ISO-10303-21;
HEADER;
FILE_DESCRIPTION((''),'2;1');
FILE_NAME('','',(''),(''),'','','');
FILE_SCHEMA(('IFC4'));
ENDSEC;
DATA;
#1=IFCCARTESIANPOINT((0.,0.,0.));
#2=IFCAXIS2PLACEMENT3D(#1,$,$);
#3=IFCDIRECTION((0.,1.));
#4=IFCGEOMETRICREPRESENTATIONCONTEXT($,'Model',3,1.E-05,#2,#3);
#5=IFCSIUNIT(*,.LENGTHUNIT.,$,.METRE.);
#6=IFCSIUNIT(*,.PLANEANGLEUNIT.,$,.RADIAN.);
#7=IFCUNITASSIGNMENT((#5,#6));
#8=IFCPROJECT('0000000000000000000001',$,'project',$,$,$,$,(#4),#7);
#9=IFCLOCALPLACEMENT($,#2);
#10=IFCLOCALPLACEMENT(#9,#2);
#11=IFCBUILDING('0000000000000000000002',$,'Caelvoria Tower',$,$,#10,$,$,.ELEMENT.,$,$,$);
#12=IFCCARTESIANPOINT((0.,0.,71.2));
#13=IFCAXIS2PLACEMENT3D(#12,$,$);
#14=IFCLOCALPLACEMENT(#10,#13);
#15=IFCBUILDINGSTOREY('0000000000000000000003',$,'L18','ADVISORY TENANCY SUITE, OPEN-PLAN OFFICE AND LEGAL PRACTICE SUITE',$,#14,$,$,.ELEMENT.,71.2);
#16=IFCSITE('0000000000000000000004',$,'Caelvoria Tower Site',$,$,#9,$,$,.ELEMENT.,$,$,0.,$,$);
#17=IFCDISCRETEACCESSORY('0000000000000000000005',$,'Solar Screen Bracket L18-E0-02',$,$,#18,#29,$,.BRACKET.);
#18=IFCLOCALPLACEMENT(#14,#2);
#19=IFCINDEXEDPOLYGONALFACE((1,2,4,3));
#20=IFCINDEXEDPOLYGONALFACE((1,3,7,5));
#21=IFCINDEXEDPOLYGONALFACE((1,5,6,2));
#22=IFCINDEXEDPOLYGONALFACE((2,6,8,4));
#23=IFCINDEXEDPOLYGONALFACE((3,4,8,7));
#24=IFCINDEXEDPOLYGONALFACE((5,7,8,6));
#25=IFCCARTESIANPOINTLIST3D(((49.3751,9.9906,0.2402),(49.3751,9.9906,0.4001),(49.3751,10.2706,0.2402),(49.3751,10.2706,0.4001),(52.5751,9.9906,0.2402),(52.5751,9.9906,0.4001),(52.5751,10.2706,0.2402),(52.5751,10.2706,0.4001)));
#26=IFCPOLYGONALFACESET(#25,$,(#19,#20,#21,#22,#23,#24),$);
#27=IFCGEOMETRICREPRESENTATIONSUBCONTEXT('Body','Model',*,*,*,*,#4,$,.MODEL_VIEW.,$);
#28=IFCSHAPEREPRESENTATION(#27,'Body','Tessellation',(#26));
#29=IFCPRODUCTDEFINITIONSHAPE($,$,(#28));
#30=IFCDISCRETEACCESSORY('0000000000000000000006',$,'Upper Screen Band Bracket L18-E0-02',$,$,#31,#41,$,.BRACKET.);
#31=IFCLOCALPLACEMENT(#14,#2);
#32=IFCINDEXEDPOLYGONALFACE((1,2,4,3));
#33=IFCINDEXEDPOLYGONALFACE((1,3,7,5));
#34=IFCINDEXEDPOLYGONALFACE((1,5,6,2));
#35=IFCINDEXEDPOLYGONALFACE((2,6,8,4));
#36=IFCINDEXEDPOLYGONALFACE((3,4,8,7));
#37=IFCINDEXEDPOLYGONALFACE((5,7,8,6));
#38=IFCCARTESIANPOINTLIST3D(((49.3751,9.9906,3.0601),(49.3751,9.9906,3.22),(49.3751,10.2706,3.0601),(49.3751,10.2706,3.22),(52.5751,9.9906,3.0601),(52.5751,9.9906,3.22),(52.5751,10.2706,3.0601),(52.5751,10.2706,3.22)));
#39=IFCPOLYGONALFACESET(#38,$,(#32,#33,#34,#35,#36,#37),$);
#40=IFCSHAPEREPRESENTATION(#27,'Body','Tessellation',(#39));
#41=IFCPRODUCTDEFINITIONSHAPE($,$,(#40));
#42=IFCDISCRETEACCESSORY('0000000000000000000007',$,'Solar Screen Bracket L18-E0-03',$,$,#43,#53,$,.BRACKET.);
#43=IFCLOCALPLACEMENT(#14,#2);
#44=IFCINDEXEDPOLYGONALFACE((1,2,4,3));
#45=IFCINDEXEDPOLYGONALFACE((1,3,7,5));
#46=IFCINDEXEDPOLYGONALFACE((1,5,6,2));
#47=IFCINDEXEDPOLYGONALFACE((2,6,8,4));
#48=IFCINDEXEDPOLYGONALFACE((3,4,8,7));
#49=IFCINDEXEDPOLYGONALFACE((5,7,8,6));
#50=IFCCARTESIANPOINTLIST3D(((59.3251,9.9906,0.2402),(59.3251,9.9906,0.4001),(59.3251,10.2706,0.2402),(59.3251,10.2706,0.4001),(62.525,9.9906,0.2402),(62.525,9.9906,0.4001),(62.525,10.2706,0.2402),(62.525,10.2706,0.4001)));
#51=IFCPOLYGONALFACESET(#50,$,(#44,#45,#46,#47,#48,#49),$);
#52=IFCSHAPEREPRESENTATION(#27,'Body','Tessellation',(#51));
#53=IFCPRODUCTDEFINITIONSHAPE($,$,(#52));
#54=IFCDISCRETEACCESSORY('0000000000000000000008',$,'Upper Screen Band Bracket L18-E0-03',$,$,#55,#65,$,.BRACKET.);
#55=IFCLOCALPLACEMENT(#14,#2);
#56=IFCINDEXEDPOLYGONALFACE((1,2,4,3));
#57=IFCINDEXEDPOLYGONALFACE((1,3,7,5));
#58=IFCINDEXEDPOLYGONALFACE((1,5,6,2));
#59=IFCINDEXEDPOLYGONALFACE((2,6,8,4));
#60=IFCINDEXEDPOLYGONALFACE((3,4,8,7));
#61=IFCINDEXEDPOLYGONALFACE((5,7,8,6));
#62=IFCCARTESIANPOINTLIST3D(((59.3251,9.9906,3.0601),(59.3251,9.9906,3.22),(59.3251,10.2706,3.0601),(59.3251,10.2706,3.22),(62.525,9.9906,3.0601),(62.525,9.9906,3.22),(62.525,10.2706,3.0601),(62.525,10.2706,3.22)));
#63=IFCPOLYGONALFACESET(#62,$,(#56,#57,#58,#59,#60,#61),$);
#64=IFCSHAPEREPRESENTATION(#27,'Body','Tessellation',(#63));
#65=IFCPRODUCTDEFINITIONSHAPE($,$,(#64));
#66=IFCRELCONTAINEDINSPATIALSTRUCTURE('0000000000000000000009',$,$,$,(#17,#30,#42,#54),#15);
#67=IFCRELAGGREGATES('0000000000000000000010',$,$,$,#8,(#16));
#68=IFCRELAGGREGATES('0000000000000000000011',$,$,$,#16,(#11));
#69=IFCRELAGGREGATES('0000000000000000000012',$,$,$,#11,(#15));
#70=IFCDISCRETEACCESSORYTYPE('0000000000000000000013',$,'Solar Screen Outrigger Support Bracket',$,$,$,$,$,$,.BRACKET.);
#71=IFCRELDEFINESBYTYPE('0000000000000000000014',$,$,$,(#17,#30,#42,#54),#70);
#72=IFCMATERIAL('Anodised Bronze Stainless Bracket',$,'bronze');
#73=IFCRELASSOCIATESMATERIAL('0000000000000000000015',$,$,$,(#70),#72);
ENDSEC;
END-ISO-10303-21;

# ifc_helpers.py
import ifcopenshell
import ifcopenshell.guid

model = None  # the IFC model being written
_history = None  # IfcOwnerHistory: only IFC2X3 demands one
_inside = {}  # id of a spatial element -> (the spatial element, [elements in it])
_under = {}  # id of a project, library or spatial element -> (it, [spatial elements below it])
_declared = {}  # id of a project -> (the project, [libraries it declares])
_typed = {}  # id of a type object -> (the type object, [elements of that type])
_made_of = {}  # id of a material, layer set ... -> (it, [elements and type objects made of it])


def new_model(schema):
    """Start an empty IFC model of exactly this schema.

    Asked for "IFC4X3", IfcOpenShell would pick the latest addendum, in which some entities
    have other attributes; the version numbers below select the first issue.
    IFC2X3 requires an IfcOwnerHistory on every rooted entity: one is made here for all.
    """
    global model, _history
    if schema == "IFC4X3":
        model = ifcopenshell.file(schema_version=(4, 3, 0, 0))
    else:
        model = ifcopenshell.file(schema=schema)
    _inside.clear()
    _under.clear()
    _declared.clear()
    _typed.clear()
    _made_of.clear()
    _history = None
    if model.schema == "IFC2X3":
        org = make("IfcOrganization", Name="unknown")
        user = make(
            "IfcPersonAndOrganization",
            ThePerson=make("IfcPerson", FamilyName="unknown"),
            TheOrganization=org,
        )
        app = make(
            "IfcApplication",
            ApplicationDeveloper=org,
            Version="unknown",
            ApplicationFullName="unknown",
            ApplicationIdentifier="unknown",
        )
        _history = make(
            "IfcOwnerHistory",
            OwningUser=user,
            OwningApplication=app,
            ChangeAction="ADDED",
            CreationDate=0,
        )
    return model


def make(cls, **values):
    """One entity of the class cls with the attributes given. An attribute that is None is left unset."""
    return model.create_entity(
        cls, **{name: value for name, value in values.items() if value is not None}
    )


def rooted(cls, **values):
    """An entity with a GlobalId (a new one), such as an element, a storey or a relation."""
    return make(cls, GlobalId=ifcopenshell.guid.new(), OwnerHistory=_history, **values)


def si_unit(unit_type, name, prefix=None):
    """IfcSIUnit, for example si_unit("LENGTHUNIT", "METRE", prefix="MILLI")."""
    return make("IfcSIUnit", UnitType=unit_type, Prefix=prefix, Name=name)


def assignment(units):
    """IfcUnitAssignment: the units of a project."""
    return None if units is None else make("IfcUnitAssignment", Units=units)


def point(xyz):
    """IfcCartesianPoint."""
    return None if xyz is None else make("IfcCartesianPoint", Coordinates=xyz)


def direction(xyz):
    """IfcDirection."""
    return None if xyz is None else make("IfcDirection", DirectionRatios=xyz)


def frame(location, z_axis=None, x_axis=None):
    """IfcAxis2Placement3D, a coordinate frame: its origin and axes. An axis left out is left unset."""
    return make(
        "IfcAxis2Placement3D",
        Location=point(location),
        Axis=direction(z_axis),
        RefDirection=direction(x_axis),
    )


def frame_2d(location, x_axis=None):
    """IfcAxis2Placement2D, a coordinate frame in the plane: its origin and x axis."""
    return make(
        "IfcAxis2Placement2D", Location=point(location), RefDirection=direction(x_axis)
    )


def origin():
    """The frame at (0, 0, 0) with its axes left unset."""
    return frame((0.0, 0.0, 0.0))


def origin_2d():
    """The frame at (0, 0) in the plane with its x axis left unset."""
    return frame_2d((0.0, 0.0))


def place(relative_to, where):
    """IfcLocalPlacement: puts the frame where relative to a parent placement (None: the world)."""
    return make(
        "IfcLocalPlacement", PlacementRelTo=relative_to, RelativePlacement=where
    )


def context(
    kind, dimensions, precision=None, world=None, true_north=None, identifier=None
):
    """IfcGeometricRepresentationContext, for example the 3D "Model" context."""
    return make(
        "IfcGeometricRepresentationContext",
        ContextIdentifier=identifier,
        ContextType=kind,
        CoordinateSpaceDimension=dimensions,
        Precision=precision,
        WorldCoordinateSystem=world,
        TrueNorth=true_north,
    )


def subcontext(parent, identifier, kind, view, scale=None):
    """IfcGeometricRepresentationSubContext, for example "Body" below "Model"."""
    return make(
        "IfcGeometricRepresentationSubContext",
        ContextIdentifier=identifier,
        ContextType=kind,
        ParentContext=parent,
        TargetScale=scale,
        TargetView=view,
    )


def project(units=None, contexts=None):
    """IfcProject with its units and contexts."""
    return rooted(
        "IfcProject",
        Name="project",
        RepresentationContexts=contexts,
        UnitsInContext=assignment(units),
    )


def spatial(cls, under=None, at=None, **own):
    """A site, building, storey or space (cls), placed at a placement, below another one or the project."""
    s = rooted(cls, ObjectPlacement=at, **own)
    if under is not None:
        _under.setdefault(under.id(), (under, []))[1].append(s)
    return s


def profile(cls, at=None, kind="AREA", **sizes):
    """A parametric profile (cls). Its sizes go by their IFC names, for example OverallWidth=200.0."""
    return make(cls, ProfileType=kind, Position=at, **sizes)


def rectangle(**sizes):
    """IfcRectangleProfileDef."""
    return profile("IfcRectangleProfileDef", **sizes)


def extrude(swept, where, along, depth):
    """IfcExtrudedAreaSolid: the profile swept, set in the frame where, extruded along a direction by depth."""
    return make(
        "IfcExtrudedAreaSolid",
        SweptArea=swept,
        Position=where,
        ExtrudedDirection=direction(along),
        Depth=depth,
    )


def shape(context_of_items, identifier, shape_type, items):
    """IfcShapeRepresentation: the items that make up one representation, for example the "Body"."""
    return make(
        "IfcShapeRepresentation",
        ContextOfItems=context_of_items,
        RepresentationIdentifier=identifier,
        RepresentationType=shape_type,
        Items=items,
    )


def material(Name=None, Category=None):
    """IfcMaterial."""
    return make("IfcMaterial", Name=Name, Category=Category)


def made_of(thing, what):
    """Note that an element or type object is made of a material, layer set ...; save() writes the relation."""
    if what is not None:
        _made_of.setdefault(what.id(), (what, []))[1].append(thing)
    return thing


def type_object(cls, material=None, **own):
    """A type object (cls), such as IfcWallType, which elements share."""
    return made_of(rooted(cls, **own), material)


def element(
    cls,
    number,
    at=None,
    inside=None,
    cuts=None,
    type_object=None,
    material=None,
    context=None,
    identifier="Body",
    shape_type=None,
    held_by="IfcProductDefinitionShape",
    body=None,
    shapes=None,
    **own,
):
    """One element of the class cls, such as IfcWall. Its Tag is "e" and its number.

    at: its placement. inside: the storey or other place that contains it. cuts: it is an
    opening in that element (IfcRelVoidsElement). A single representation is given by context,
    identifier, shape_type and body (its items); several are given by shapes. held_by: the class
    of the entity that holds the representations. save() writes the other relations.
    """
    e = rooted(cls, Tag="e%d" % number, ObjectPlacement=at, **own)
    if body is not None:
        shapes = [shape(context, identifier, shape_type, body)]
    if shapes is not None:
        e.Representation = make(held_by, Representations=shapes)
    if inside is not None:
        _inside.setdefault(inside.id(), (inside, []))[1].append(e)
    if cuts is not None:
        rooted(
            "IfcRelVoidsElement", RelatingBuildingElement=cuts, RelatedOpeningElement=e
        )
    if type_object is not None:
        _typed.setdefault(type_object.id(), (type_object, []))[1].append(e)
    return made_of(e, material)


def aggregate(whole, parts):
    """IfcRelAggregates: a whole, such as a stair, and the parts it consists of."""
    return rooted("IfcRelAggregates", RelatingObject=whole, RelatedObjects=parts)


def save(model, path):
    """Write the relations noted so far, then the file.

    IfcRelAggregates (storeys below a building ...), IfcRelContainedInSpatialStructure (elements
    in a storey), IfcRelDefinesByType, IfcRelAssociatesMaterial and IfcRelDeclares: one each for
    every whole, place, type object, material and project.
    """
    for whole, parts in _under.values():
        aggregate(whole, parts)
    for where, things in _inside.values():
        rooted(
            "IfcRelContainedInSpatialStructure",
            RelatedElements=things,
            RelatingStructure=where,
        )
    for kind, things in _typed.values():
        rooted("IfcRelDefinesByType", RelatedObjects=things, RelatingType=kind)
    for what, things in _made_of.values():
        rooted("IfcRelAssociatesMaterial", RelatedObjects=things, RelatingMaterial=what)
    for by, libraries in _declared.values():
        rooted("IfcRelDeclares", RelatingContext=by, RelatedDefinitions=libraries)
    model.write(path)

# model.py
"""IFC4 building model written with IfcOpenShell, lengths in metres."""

from ifc_helpers import new_model, si_unit, direction, frame, origin, origin_2d, place, context, subcontext, project, spatial, rectangle, extrude, material, type_object, element, save


model = new_model("IFC4")

# Units and contexts
model_context = context("Model", 3, precision=1e-05, world=origin(), true_north=direction((0.0, 1.0)))
body_context = subcontext(model_context, "Body", "Model", "MODEL_VIEW")
ifc_project = project(units=[si_unit("LENGTHUNIT", "METRE"), si_unit("PLANEANGLEUNIT", "RADIAN")], contexts=[model_context])

# Site, building, storey
site_placement = place(None, origin())
site = spatial("IfcSite", under=ifc_project, at=site_placement, Name="Caelvoria Tower Site", CompositionType="ELEMENT", RefElevation=0.0)
building_placement = place(site_placement, origin())
building = spatial("IfcBuilding", under=site, at=building_placement, Name="Caelvoria Tower", CompositionType="ELEMENT")
storey_placement = place(building_placement, frame((0.0, 0.0, 71.2)))
storey = spatial("IfcBuildingStorey", under=building, at=storey_placement, Name="L18", Description="ADVISORY TENANCY SUITE, OPEN-PLAN OFFICE AND LEGAL PRACTICE SUITE", CompositionType="ELEMENT", Elevation=71.2)

# Discrete accessories
ifc_material_1 = material(Name="Anodised Bronze Stainless Bracket", Category="bronze")
discrete_accessory_type = type_object("IfcDiscreteAccessoryType", Name="Solar Screen Outrigger Support Bracket", PredefinedType="BRACKET", material=ifc_material_1)
for number, where, z_axis, x_axis, name in (
    (1, (50.9751, 10.1306, 0.2402), (0.0, 0.0, 1.0), (1.0, 0.0, 0.0), "Solar Screen Bracket L18-E0-02"),
    (2, (50.9751, 10.1306, 3.0601), (0.0, 0.0, 1.0), (1.0, 0.0, 0.0), "Upper Screen Band Bracket L18-E0-02"),
    (3, (60.925, 10.1306, 0.2402), (0.0, 0.0, 1.0), (1.0, 0.0, 0.0), "Solar Screen Bracket L18-E0-03"),
    (4, (60.925, 10.1306, 3.0601), (0.0, 0.0, 1.0), (1.0, 0.0, 0.0), "Upper Screen Band Bracket L18-E0-03"),
):
    element("IfcDiscreteAccessory", number, at=place(storey_placement, frame(where, z_axis=z_axis, x_axis=x_axis)), inside=storey, type_object=discrete_accessory_type, Name=name, PredefinedType="BRACKET", context=body_context, shape_type="SweptSolid", body=[
        extrude(rectangle(XDim=3.2, YDim=0.28, at=origin_2d()), origin(), (0.0, 0.0, 1.0), 0.1599),
    ])

save(model, "model.ifc")
